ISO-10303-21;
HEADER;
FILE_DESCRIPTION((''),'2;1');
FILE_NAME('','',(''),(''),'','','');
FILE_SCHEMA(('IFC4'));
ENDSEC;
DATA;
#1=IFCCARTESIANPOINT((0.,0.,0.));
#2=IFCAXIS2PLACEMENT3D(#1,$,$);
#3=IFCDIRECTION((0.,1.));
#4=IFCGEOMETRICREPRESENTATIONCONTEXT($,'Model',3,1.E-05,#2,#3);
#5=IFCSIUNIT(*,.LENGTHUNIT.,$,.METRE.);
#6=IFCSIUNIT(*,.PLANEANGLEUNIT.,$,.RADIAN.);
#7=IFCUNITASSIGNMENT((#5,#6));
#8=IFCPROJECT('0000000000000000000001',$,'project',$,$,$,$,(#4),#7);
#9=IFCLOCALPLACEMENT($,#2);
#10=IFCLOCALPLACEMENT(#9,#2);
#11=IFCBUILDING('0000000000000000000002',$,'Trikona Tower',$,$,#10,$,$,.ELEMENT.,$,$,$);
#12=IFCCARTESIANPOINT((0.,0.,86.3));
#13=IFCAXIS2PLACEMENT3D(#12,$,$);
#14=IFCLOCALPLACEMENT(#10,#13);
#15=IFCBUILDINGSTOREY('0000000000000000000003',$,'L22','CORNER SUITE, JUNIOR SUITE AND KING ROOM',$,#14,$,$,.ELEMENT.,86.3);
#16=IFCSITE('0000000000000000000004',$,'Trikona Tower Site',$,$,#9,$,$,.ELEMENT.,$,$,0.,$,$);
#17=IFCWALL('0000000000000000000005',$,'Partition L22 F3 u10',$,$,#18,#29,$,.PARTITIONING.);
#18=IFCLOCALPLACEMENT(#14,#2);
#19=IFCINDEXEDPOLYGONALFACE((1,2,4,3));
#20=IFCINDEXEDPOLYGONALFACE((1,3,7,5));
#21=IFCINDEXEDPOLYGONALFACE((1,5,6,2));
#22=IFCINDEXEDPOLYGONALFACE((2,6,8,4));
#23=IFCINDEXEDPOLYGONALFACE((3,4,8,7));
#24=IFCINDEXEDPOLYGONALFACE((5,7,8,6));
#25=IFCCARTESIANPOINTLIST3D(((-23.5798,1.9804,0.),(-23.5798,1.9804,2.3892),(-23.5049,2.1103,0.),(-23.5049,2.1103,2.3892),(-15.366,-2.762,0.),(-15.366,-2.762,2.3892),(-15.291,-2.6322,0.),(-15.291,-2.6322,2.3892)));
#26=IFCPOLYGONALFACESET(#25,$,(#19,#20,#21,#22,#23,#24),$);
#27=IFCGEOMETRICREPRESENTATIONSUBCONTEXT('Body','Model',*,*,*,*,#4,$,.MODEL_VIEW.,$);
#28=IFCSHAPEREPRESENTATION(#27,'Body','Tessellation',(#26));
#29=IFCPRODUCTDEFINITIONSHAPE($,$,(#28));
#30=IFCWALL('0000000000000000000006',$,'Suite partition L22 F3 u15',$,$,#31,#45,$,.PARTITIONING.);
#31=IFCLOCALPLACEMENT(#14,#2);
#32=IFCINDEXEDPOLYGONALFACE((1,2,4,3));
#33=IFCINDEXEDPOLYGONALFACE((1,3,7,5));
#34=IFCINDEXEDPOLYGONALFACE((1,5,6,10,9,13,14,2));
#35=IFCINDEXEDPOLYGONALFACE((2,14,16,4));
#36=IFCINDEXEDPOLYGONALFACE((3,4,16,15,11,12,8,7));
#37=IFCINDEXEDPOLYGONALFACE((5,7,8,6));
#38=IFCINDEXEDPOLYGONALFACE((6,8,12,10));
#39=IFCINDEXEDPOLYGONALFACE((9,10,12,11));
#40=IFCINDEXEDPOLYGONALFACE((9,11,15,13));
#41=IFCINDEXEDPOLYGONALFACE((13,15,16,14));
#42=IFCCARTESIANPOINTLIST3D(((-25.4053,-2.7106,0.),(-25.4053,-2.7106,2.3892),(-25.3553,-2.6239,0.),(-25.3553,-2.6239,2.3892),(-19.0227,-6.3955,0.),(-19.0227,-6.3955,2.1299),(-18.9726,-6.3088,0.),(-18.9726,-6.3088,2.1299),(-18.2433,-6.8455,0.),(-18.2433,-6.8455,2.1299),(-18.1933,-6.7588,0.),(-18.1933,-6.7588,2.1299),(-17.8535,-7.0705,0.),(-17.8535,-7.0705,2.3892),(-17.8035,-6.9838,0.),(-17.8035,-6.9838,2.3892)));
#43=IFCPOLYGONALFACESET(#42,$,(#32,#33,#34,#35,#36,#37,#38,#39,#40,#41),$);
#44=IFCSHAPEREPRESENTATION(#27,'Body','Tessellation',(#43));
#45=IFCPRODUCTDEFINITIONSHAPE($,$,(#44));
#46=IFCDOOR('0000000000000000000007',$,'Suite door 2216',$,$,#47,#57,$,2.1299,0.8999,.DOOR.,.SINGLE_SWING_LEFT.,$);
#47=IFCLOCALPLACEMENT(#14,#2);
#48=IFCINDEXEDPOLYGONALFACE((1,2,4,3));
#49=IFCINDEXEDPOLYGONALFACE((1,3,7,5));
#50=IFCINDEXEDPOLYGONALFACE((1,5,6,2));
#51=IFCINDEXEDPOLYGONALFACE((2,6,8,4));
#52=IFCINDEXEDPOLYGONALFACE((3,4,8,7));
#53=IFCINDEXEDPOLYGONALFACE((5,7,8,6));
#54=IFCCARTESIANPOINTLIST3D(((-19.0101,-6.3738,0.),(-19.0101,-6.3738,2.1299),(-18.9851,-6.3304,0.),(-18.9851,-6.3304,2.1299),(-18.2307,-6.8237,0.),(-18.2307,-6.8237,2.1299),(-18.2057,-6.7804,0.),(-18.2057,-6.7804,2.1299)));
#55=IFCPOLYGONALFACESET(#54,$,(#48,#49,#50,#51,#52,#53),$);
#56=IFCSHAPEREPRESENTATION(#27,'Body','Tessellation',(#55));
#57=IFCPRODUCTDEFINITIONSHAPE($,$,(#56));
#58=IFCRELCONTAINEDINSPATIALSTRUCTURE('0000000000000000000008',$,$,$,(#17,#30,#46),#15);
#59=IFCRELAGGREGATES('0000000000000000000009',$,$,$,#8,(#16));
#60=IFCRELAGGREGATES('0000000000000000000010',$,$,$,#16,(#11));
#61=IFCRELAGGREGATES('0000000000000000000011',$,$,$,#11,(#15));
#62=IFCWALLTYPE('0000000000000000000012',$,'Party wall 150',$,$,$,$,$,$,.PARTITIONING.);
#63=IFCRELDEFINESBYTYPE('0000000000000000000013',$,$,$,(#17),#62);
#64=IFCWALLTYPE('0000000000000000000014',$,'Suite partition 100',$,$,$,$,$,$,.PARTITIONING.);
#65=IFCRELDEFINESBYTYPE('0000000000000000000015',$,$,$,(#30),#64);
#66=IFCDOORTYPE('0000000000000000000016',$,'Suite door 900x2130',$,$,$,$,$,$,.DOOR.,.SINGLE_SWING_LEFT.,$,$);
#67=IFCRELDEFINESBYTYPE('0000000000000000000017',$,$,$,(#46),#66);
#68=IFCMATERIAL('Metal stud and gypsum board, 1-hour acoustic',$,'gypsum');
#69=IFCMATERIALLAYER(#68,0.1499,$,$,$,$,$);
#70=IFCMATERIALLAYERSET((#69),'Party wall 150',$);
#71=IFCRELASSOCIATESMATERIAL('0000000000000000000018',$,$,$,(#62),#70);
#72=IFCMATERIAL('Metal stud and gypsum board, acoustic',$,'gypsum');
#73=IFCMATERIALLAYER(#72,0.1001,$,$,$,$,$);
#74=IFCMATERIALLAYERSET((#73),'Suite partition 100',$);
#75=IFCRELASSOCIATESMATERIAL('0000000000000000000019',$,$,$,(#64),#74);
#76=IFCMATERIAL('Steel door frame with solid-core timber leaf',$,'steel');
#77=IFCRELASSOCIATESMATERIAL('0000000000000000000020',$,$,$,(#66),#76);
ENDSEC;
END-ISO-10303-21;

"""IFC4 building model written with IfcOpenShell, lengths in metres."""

from ifc_helpers import new_model, si_unit, direction, frame, frame_2d, origin, place, context, subcontext, project, spatial, rectangle, extrude, material, layer, layer_set, type_object, element, fill, save


model = new_model("IFC4")

# Units and contexts
model_context = context("Model", 3, precision=1e-05, world=origin(), true_north=direction((0.0, 1.0)))
body_context = subcontext(model_context, "Body", "Model", "MODEL_VIEW")
ifc_project = project(units=[si_unit("LENGTHUNIT", "METRE"), si_unit("PLANEANGLEUNIT", "RADIAN")], contexts=[model_context])

# Site, building, storey
site_placement = place(None, origin())
site = spatial("IfcSite", under=ifc_project, at=site_placement, Name="Trikona Tower Site", CompositionType="ELEMENT", RefElevation=0.0)
building_placement = place(site_placement, origin())
building = spatial("IfcBuilding", under=site, at=building_placement, Name="Trikona Tower", CompositionType="ELEMENT")
storey_placement = place(building_placement, frame((0.0, 0.0, 86.3)))
storey = spatial("IfcBuildingStorey", under=building, at=storey_placement, Name="L22", Description="CORNER SUITE, JUNIOR SUITE AND KING ROOM", CompositionType="ELEMENT", Elevation=86.3)

# Wall
ifc_material_1 = material(Name="Metal stud and gypsum board, 1-hour acoustic", Category="gypsum")
ifc_layer_1 = layer(ifc_material_1, 0.1499)
ifc_layer_set_1 = layer_set([ifc_layer_1], Name="Party wall 150")
wall_type_1 = type_object("IfcWallType", Name="Party wall 150", PredefinedType="PARTITIONING", material=ifc_layer_set_1)
wall_1_placement = place(storey_placement, frame((-15.3286, -2.697, 0.0), z_axis=(0.0, 0.0, 1.0), x_axis=(-0.866018, 0.500012, 0.0)))
element("IfcWall", 1, at=wall_1_placement, inside=storey, type_object=wall_type_1, Name="Partition L22 F3 u10", PredefinedType="PARTITIONING", context=body_context, shape_type="SweptSolid", body=[
    extrude(rectangle(XDim=9.4846, YDim=0.1499, at=frame_2d((4.7422, 0.0))), origin(), (0.0, 0.0, 1.0), 2.3892),
])

# Wall, opening, door
ifc_material_2 = material(Name="Metal stud and gypsum board, acoustic", Category="gypsum")
ifc_layer_2 = layer(ifc_material_2, 0.1001)
ifc_layer_set_2 = layer_set([ifc_layer_2], Name="Suite partition 100")
wall_type_2 = type_object("IfcWallType", Name="Suite partition 100", PredefinedType="PARTITIONING", material=ifc_layer_set_2)
wall_2_placement = place(storey_placement, frame((-17.8286, -7.0271, 0.0), z_axis=(0.0, 0.0, 1.0), x_axis=(-0.866033, 0.499987, 0.0)))
wall_2 = element("IfcWall", 2, at=wall_2_placement, inside=storey, type_object=wall_type_2, Name="Suite partition L22 F3 u15", PredefinedType="PARTITIONING", context=body_context, shape_type="SweptSolid", body=[
    extrude(rectangle(XDim=8.72, YDim=0.1001, at=frame_2d((4.3599, 0.0))), origin(), (0.0, 0.0, 1.0), 2.3892),
])
opening_1_placement = place(wall_2_placement, frame((0.45, 0.0, 0.0)))
opening_1 = element("IfcOpeningElement", 3, at=opening_1_placement, cuts=wall_2, PredefinedType="OPENING", context=body_context, shape_type="SweptSolid", body=[
    extrude(rectangle(XDim=0.8999, YDim=2.1299, at=frame_2d((0.45, 1.0649))), frame((0.0, 0.0601, 0.0), z_axis=(0.0, -1.0, 0.0), x_axis=(1.0, 0.0, 0.0)), (0.0, 0.0, 1.0), 0.1201),
])
ifc_material_3 = material(Name="Steel door frame with solid-core timber leaf", Category="steel")
door_type_1 = type_object("IfcDoorType", Name="Suite door 900x2130", OperationType="SINGLE_SWING_LEFT", PredefinedType="DOOR", material=ifc_material_3)
door_1_placement = place(opening_1_placement, origin())
door_1 = element("IfcDoor", 4, at=door_1_placement, inside=storey, type_object=door_type_1, Name="Suite door 2216", OperationType="SINGLE_SWING_LEFT", OverallHeight=2.1299, OverallWidth=0.8999, PredefinedType="DOOR", context=body_context, shape_type="SweptSolid", body=[
    extrude(rectangle(XDim=0.8999, YDim=2.1299, at=frame_2d((0.45, 1.0649))), frame((0.0, 0.0249, 0.0), z_axis=(0.0, -1.0, 0.0), x_axis=(1.0, 0.0, 0.0)), (0.0, 0.0, 1.0), 0.05),
])
fill(opening_1, door_1)

save(model, "model.ifc")
